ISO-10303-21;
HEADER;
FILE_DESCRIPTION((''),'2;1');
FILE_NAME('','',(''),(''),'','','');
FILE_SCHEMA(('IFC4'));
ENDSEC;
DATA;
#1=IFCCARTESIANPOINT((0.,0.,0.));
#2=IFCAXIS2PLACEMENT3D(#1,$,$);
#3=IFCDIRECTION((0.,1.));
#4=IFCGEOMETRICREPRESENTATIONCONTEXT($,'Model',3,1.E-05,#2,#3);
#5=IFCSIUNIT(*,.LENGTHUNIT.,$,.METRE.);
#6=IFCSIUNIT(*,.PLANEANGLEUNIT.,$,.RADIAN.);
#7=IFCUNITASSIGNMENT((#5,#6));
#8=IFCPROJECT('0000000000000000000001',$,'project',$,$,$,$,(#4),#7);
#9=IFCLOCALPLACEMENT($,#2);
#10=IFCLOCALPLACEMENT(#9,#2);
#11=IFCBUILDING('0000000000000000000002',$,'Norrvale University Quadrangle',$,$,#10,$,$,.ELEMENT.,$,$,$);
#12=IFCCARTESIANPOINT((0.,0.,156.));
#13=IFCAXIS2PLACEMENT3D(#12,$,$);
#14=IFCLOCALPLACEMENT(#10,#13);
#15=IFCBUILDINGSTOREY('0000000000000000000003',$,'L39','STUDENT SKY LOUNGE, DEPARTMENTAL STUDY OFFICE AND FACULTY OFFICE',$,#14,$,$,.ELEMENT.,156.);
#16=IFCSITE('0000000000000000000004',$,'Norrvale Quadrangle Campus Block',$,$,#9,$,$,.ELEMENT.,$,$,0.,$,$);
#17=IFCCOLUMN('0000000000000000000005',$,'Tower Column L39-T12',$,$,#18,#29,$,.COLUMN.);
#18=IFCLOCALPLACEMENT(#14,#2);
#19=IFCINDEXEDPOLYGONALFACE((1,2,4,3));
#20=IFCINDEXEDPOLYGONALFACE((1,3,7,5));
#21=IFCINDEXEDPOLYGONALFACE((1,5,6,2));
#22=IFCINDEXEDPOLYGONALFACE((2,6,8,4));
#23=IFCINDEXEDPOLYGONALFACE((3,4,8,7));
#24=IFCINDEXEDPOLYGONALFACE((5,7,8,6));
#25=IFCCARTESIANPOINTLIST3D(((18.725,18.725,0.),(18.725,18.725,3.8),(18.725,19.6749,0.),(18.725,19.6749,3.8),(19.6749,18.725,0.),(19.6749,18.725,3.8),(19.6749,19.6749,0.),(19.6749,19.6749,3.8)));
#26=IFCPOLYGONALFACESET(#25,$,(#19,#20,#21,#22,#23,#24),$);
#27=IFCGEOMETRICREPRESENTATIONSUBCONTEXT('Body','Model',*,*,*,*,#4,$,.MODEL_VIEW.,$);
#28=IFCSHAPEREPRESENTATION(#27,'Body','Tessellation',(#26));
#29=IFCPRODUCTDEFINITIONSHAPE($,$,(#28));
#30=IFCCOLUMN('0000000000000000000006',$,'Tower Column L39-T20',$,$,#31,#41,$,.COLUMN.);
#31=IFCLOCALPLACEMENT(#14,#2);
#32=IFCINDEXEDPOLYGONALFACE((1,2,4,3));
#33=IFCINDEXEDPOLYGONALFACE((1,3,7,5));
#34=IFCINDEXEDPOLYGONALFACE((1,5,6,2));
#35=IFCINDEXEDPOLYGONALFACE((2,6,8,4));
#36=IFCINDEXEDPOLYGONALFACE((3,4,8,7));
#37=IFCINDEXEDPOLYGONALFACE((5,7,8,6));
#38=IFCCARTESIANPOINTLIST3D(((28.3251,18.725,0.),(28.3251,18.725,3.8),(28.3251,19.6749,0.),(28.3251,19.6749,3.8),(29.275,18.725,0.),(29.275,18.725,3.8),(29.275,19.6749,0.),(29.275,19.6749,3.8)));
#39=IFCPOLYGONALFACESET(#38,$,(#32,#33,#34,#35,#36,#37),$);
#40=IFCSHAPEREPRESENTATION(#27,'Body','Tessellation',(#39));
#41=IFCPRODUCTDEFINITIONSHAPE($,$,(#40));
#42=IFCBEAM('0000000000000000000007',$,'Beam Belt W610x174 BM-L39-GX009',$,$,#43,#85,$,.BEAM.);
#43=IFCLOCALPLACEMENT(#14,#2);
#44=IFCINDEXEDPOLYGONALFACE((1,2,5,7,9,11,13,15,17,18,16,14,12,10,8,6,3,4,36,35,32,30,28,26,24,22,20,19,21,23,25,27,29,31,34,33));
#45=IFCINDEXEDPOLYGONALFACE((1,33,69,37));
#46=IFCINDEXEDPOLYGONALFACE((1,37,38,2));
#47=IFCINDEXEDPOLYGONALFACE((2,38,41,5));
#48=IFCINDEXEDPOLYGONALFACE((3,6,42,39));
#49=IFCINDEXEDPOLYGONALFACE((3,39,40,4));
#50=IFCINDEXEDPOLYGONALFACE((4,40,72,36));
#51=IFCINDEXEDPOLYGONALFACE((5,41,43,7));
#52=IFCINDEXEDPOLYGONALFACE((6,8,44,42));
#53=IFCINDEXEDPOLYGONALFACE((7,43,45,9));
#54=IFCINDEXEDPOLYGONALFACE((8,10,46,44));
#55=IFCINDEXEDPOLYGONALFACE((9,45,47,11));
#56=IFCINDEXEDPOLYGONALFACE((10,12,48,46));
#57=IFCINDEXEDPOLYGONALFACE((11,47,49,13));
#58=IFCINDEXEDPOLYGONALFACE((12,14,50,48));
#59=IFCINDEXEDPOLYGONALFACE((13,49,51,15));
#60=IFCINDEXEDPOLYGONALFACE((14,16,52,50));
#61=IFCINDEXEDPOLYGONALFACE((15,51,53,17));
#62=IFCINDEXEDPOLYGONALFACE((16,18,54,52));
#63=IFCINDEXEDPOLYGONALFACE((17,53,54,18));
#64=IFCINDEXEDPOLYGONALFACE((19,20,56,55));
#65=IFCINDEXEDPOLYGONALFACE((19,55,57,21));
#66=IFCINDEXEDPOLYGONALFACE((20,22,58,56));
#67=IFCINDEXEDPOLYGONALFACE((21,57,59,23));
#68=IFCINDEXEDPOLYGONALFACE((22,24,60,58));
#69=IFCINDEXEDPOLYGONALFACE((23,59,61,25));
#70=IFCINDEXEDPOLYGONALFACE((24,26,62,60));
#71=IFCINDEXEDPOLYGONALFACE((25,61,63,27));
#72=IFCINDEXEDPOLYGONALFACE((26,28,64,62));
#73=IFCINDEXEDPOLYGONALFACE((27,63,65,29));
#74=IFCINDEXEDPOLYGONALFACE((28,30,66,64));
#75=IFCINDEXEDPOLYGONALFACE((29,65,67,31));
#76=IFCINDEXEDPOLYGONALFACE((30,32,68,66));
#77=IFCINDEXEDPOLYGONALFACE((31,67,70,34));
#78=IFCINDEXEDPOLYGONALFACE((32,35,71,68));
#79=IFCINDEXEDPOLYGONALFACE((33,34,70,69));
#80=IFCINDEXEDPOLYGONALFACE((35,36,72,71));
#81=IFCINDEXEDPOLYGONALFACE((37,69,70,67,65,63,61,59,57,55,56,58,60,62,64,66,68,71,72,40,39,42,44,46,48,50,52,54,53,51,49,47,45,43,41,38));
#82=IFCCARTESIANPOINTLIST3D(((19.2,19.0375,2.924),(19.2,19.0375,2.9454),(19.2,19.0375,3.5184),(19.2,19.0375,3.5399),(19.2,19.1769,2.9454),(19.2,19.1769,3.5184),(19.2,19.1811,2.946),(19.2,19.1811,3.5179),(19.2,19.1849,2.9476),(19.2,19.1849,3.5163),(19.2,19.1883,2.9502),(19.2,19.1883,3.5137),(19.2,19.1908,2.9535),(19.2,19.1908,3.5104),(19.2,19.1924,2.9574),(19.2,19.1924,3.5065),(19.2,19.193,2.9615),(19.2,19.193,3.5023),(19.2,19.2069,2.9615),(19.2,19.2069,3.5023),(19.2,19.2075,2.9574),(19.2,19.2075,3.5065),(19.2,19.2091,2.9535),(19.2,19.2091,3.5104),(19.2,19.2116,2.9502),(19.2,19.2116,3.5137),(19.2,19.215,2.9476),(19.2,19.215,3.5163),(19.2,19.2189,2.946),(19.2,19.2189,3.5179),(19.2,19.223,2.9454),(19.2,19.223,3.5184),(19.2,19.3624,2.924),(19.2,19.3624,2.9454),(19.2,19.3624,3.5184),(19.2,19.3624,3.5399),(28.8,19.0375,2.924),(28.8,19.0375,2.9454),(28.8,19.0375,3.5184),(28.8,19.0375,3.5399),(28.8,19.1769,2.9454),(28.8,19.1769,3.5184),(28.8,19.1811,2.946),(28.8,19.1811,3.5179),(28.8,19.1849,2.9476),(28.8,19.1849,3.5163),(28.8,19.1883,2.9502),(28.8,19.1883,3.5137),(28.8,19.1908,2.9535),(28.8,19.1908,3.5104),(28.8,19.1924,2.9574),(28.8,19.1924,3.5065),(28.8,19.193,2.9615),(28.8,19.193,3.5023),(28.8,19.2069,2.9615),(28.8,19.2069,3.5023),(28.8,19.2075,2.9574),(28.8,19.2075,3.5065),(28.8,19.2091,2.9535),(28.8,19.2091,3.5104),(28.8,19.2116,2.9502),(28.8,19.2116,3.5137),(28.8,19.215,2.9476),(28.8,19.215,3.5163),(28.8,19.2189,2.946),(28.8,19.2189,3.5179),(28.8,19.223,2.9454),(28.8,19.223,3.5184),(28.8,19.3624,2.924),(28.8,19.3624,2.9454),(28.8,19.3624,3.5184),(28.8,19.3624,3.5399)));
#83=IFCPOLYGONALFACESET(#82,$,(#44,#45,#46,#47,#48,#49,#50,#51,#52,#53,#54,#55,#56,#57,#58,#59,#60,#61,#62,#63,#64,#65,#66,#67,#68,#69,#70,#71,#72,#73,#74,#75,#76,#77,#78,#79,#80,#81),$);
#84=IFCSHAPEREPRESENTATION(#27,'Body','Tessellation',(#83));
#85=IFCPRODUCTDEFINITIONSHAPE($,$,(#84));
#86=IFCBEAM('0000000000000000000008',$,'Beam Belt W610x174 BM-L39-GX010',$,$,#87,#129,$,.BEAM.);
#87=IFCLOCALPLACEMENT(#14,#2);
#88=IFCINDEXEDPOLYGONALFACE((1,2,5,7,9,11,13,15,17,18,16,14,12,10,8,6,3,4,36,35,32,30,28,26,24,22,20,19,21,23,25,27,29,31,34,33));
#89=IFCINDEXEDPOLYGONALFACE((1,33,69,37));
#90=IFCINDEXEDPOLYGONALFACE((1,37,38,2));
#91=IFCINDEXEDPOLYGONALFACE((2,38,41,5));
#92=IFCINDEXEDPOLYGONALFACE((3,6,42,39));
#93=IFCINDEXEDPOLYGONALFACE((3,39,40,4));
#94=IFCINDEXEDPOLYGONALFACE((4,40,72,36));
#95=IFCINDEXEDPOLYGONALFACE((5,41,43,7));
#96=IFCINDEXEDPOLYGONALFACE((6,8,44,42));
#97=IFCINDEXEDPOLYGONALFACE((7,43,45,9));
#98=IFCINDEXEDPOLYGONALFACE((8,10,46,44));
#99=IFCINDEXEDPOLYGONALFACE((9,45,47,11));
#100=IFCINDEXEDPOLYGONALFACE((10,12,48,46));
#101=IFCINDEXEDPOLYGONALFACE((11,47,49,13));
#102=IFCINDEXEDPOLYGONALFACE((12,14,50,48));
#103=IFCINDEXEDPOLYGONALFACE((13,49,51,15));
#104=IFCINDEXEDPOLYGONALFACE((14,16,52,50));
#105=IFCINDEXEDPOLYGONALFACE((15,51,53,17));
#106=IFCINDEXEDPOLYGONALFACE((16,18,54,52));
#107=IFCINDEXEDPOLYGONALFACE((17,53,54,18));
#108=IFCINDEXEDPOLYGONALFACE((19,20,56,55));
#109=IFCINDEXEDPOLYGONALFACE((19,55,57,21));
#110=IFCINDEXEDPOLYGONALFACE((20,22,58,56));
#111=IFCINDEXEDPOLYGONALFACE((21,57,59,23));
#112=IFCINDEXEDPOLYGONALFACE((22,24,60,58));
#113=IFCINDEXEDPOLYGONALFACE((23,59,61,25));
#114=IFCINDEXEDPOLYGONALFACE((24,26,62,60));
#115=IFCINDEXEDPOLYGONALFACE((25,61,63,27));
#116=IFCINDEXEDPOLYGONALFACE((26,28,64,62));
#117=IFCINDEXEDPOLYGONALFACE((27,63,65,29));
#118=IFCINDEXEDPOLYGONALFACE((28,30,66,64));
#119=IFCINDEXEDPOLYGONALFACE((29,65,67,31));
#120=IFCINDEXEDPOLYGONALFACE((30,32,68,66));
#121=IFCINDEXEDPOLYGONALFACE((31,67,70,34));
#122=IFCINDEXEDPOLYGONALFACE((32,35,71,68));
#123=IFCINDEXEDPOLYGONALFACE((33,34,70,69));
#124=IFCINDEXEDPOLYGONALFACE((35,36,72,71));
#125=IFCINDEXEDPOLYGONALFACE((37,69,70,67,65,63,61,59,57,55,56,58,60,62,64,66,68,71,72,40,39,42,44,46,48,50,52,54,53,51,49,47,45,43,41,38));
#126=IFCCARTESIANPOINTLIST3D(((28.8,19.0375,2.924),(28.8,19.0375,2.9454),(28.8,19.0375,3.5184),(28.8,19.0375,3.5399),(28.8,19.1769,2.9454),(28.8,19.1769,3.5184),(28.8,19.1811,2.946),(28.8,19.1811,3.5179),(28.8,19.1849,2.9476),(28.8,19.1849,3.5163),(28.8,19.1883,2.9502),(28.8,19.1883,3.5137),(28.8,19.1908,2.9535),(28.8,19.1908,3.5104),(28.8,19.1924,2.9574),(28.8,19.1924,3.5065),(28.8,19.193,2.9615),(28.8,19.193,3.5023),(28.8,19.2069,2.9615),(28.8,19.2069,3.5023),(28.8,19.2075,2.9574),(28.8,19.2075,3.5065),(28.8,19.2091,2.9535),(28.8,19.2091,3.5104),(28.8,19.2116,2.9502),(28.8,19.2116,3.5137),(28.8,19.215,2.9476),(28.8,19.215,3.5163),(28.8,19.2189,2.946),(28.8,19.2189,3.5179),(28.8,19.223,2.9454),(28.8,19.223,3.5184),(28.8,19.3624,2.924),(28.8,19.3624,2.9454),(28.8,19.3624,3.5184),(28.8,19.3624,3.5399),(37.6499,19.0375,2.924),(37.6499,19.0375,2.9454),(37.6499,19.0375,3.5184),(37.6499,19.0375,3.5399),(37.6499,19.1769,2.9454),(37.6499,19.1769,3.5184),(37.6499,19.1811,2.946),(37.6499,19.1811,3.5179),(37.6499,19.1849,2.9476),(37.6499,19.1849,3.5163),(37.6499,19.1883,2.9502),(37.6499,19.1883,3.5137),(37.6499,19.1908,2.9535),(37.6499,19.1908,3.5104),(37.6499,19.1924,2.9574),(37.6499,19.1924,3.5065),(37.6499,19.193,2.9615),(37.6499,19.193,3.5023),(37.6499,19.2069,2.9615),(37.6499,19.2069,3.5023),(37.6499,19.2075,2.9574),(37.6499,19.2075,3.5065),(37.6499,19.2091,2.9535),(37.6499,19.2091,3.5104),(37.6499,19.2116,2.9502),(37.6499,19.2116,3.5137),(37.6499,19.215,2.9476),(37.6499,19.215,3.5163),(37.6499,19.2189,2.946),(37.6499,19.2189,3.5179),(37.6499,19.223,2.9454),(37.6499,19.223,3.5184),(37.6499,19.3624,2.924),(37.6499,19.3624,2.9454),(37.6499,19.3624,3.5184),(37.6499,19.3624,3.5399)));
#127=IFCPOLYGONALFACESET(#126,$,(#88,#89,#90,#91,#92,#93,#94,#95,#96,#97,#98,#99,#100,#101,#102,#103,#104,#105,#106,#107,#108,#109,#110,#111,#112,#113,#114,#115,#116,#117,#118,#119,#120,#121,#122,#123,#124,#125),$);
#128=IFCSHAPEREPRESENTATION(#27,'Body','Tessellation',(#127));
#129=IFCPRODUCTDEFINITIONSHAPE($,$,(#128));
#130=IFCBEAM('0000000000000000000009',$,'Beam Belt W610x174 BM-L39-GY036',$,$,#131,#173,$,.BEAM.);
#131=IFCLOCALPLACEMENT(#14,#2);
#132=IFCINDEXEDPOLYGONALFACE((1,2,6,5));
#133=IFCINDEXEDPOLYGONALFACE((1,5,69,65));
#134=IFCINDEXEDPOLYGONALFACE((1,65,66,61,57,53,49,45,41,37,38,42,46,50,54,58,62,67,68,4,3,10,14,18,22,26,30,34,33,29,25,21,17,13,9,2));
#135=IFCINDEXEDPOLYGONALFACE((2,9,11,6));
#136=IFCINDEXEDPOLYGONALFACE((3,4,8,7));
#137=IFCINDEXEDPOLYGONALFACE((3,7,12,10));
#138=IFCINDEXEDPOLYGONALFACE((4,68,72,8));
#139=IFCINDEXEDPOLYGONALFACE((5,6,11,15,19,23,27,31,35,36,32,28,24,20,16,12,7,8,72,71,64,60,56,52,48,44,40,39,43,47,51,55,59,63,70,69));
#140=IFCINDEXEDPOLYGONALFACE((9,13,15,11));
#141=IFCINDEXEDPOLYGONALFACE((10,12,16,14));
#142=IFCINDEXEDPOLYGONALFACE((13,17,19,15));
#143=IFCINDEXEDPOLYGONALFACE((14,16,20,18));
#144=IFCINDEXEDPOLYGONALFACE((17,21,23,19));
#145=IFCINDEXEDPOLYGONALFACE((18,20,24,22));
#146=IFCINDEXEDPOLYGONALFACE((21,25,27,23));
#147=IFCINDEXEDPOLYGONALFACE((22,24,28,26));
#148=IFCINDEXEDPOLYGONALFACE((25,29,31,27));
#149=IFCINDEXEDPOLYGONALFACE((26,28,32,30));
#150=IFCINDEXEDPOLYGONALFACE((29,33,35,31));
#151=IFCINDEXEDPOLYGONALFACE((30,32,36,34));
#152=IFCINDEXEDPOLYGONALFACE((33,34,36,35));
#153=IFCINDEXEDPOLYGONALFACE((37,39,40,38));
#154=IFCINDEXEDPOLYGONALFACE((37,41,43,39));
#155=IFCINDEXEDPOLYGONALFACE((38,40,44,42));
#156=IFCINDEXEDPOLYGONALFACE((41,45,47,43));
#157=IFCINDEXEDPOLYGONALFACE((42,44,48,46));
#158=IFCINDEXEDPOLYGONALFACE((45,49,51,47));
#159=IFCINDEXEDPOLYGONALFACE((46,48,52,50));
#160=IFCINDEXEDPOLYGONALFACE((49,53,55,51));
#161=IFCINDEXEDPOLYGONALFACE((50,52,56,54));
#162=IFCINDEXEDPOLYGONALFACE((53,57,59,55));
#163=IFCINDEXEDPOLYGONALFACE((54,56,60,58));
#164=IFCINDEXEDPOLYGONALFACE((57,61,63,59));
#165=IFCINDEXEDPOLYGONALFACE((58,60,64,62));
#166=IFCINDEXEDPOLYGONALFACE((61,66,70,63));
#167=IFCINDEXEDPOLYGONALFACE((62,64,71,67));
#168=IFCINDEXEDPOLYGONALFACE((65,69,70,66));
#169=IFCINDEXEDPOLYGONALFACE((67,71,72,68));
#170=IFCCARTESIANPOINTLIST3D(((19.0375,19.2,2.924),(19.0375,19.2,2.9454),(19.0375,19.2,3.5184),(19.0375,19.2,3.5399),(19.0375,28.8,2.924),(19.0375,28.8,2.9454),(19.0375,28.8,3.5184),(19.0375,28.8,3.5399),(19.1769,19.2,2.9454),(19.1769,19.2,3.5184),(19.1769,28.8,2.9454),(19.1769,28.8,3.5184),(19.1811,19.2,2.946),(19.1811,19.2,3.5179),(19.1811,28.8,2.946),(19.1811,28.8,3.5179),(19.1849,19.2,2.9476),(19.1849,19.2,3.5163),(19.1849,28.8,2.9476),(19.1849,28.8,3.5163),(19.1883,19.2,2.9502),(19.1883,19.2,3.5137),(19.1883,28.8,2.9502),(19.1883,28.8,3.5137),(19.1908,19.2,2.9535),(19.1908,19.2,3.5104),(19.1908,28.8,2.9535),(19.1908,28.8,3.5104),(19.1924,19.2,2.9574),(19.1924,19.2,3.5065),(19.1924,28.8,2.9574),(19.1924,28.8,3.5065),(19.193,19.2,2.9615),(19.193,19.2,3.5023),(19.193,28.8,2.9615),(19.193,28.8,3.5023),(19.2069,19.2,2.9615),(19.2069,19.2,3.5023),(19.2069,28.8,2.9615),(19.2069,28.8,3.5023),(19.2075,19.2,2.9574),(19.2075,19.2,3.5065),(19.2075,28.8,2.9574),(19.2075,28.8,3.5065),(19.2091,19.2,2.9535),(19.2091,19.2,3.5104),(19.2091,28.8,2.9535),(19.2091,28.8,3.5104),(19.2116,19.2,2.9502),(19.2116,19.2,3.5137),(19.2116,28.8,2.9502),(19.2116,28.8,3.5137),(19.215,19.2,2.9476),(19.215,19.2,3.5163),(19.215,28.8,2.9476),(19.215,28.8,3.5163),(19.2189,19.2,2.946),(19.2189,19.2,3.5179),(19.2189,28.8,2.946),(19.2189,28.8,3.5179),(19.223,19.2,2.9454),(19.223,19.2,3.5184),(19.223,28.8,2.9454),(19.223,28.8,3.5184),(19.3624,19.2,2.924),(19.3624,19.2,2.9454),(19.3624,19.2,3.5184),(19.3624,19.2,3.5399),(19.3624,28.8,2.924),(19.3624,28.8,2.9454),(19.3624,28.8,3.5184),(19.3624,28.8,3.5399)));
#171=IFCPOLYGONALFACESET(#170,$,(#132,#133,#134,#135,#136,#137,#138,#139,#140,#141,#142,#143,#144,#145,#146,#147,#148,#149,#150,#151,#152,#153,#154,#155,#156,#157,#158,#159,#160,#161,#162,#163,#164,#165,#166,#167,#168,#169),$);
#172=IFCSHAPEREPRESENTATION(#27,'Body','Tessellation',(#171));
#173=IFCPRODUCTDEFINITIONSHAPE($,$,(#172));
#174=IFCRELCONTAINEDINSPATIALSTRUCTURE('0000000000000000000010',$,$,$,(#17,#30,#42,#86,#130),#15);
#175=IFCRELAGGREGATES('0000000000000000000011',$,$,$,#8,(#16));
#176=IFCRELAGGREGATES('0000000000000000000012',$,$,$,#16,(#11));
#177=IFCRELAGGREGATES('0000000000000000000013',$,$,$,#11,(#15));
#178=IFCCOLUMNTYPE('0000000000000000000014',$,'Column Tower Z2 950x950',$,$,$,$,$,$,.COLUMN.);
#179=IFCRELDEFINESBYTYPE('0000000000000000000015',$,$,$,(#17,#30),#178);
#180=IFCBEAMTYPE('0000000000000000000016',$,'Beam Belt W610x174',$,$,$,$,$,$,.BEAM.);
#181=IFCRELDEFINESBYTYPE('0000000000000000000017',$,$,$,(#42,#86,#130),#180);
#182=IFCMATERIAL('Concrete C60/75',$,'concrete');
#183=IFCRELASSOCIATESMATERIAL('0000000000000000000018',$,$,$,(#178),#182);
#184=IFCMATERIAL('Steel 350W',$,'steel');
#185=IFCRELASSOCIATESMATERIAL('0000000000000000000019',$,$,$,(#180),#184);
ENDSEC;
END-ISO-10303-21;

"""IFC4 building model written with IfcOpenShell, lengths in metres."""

from ifc_helpers import new_model, si_unit, direction, frame, origin, origin_2d, place, context, subcontext, project, spatial, rectangle, i_section, extrude, material, material_profile, profile_set, type_object, element, save


model = new_model("IFC4")

# Units and contexts
model_context = context("Model", 3, precision=1e-05, world=origin(), true_north=direction((0.0, 1.0)))
body_context = subcontext(model_context, "Body", "Model", "MODEL_VIEW")
ifc_project = project(units=[si_unit("LENGTHUNIT", "METRE"), si_unit("PLANEANGLEUNIT", "RADIAN")], contexts=[model_context])

# Site, building, storey
site_placement = place(None, origin())
site = spatial("IfcSite", under=ifc_project, at=site_placement, Name="Norrvale Quadrangle Campus Block", CompositionType="ELEMENT", RefElevation=0.0)
building_placement = place(site_placement, origin())
building = spatial("IfcBuilding", under=site, at=building_placement, Name="Norrvale University Quadrangle", CompositionType="ELEMENT")
storey_placement = place(building_placement, frame((0.0, 0.0, 156.0)))
storey = spatial("IfcBuildingStorey", under=building, at=storey_placement, Name="L39", Description="STUDENT SKY LOUNGE, DEPARTMENTAL STUDY OFFICE AND FACULTY OFFICE", CompositionType="ELEMENT", Elevation=156.0)

# Columns
ifc_material_1 = material(Name="Concrete C60/75", Category="concrete")
ifc_material_profile_1 = material_profile(ifc_material_1, rectangle(XDim=0.95, YDim=0.95, at=origin_2d()), Name="Concrete C60/75")
ifc_profile_set_1 = profile_set([ifc_material_profile_1], Name="Concrete C60/75")
column_type = type_object("IfcColumnType", Name="Column Tower Z2 950x950", PredefinedType="COLUMN", material=ifc_profile_set_1)
for number, where, z_axis, x_axis, name in (
    (1, (19.2, 19.2, 0.0), (0.0, 0.0, 1.0), (1.0, 0.0, 0.0), "Tower Column L39-T12"),
    (2, (28.8, 19.2, 0.0), (0.0, 0.0, 1.0), (1.0, 0.0, 0.0), "Tower Column L39-T20"),
):
    element("IfcColumn", number, at=place(storey_placement, frame(where, z_axis=z_axis, x_axis=x_axis)), inside=storey, type_object=column_type, Name=name, PredefinedType="COLUMN", context=body_context, shape_type="SweptSolid", body=[
        extrude(rectangle(XDim=0.95, YDim=0.95, at=origin_2d()), origin(), (0.0, 0.0, 1.0), 3.8),
    ])

# Beams
ifc_material_2 = material(Name="Steel 350W", Category="steel")
ifc_material_profile_2 = material_profile(ifc_material_2, i_section(OverallWidth=0.325, OverallDepth=0.616, WebThickness=0.0139, FlangeThickness=0.0215, FilletRadius=0.0161, at=origin_2d()), Name="Steel 350W")
ifc_profile_set_2 = profile_set([ifc_material_profile_2], Name="Steel 350W")
beam_type_1 = type_object("IfcBeamType", Name="Beam Belt W610x174", PredefinedType="BEAM", material=ifc_profile_set_2)
beam_1_placement = place(storey_placement, frame((19.2, 19.2, 3.2319), z_axis=(1.0, 0.0, 0.0), x_axis=(0.0, 1.0, 0.0)))
element("IfcBeam", 3, at=beam_1_placement, inside=storey, type_object=beam_type_1, Name="Beam Belt W610x174 BM-L39-GX009", PredefinedType="BEAM", context=body_context, shape_type="SweptSolid", body=[
    extrude(i_section(OverallWidth=0.325, OverallDepth=0.616, WebThickness=0.0139, FlangeThickness=0.0215, FilletRadius=0.0161, at=origin_2d()), origin(), (0.0, 0.0, 1.0), 9.6001),
])
beam_2_placement = place(storey_placement, frame((28.8, 19.2, 3.2319), z_axis=(1.0, 0.0, 0.0), x_axis=(0.0, 1.0, 0.0)))
element("IfcBeam", 4, at=beam_2_placement, inside=storey, type_object=beam_type_1, Name="Beam Belt W610x174 BM-L39-GX010", PredefinedType="BEAM", context=body_context, shape_type="SweptSolid", body=[
    extrude(i_section(OverallWidth=0.325, OverallDepth=0.616, WebThickness=0.0139, FlangeThickness=0.0215, FilletRadius=0.0161, at=origin_2d()), origin(), (0.0, 0.0, 1.0), 8.8499),
])
for number, where, z_axis, x_axis, name in (
    (5, (19.2, 19.2, 3.2319), (0.0, 1.0, 0.0), (-1.0, 0.0, 0.0), "Beam Belt W610x174 BM-L39-GY036"),
):
    element("IfcBeam", number, at=place(storey_placement, frame(where, z_axis=z_axis, x_axis=x_axis)), inside=storey, type_object=beam_type_1, Name=name, PredefinedType="BEAM", context=body_context, shape_type="SweptSolid", body=[
        extrude(i_section(OverallWidth=0.325, OverallDepth=0.616, WebThickness=0.0139, FlangeThickness=0.0215, FilletRadius=0.0161, at=origin_2d()), origin(), (0.0, 0.0, 1.0), 9.6001),
    ])

save(model, "model.ifc")
